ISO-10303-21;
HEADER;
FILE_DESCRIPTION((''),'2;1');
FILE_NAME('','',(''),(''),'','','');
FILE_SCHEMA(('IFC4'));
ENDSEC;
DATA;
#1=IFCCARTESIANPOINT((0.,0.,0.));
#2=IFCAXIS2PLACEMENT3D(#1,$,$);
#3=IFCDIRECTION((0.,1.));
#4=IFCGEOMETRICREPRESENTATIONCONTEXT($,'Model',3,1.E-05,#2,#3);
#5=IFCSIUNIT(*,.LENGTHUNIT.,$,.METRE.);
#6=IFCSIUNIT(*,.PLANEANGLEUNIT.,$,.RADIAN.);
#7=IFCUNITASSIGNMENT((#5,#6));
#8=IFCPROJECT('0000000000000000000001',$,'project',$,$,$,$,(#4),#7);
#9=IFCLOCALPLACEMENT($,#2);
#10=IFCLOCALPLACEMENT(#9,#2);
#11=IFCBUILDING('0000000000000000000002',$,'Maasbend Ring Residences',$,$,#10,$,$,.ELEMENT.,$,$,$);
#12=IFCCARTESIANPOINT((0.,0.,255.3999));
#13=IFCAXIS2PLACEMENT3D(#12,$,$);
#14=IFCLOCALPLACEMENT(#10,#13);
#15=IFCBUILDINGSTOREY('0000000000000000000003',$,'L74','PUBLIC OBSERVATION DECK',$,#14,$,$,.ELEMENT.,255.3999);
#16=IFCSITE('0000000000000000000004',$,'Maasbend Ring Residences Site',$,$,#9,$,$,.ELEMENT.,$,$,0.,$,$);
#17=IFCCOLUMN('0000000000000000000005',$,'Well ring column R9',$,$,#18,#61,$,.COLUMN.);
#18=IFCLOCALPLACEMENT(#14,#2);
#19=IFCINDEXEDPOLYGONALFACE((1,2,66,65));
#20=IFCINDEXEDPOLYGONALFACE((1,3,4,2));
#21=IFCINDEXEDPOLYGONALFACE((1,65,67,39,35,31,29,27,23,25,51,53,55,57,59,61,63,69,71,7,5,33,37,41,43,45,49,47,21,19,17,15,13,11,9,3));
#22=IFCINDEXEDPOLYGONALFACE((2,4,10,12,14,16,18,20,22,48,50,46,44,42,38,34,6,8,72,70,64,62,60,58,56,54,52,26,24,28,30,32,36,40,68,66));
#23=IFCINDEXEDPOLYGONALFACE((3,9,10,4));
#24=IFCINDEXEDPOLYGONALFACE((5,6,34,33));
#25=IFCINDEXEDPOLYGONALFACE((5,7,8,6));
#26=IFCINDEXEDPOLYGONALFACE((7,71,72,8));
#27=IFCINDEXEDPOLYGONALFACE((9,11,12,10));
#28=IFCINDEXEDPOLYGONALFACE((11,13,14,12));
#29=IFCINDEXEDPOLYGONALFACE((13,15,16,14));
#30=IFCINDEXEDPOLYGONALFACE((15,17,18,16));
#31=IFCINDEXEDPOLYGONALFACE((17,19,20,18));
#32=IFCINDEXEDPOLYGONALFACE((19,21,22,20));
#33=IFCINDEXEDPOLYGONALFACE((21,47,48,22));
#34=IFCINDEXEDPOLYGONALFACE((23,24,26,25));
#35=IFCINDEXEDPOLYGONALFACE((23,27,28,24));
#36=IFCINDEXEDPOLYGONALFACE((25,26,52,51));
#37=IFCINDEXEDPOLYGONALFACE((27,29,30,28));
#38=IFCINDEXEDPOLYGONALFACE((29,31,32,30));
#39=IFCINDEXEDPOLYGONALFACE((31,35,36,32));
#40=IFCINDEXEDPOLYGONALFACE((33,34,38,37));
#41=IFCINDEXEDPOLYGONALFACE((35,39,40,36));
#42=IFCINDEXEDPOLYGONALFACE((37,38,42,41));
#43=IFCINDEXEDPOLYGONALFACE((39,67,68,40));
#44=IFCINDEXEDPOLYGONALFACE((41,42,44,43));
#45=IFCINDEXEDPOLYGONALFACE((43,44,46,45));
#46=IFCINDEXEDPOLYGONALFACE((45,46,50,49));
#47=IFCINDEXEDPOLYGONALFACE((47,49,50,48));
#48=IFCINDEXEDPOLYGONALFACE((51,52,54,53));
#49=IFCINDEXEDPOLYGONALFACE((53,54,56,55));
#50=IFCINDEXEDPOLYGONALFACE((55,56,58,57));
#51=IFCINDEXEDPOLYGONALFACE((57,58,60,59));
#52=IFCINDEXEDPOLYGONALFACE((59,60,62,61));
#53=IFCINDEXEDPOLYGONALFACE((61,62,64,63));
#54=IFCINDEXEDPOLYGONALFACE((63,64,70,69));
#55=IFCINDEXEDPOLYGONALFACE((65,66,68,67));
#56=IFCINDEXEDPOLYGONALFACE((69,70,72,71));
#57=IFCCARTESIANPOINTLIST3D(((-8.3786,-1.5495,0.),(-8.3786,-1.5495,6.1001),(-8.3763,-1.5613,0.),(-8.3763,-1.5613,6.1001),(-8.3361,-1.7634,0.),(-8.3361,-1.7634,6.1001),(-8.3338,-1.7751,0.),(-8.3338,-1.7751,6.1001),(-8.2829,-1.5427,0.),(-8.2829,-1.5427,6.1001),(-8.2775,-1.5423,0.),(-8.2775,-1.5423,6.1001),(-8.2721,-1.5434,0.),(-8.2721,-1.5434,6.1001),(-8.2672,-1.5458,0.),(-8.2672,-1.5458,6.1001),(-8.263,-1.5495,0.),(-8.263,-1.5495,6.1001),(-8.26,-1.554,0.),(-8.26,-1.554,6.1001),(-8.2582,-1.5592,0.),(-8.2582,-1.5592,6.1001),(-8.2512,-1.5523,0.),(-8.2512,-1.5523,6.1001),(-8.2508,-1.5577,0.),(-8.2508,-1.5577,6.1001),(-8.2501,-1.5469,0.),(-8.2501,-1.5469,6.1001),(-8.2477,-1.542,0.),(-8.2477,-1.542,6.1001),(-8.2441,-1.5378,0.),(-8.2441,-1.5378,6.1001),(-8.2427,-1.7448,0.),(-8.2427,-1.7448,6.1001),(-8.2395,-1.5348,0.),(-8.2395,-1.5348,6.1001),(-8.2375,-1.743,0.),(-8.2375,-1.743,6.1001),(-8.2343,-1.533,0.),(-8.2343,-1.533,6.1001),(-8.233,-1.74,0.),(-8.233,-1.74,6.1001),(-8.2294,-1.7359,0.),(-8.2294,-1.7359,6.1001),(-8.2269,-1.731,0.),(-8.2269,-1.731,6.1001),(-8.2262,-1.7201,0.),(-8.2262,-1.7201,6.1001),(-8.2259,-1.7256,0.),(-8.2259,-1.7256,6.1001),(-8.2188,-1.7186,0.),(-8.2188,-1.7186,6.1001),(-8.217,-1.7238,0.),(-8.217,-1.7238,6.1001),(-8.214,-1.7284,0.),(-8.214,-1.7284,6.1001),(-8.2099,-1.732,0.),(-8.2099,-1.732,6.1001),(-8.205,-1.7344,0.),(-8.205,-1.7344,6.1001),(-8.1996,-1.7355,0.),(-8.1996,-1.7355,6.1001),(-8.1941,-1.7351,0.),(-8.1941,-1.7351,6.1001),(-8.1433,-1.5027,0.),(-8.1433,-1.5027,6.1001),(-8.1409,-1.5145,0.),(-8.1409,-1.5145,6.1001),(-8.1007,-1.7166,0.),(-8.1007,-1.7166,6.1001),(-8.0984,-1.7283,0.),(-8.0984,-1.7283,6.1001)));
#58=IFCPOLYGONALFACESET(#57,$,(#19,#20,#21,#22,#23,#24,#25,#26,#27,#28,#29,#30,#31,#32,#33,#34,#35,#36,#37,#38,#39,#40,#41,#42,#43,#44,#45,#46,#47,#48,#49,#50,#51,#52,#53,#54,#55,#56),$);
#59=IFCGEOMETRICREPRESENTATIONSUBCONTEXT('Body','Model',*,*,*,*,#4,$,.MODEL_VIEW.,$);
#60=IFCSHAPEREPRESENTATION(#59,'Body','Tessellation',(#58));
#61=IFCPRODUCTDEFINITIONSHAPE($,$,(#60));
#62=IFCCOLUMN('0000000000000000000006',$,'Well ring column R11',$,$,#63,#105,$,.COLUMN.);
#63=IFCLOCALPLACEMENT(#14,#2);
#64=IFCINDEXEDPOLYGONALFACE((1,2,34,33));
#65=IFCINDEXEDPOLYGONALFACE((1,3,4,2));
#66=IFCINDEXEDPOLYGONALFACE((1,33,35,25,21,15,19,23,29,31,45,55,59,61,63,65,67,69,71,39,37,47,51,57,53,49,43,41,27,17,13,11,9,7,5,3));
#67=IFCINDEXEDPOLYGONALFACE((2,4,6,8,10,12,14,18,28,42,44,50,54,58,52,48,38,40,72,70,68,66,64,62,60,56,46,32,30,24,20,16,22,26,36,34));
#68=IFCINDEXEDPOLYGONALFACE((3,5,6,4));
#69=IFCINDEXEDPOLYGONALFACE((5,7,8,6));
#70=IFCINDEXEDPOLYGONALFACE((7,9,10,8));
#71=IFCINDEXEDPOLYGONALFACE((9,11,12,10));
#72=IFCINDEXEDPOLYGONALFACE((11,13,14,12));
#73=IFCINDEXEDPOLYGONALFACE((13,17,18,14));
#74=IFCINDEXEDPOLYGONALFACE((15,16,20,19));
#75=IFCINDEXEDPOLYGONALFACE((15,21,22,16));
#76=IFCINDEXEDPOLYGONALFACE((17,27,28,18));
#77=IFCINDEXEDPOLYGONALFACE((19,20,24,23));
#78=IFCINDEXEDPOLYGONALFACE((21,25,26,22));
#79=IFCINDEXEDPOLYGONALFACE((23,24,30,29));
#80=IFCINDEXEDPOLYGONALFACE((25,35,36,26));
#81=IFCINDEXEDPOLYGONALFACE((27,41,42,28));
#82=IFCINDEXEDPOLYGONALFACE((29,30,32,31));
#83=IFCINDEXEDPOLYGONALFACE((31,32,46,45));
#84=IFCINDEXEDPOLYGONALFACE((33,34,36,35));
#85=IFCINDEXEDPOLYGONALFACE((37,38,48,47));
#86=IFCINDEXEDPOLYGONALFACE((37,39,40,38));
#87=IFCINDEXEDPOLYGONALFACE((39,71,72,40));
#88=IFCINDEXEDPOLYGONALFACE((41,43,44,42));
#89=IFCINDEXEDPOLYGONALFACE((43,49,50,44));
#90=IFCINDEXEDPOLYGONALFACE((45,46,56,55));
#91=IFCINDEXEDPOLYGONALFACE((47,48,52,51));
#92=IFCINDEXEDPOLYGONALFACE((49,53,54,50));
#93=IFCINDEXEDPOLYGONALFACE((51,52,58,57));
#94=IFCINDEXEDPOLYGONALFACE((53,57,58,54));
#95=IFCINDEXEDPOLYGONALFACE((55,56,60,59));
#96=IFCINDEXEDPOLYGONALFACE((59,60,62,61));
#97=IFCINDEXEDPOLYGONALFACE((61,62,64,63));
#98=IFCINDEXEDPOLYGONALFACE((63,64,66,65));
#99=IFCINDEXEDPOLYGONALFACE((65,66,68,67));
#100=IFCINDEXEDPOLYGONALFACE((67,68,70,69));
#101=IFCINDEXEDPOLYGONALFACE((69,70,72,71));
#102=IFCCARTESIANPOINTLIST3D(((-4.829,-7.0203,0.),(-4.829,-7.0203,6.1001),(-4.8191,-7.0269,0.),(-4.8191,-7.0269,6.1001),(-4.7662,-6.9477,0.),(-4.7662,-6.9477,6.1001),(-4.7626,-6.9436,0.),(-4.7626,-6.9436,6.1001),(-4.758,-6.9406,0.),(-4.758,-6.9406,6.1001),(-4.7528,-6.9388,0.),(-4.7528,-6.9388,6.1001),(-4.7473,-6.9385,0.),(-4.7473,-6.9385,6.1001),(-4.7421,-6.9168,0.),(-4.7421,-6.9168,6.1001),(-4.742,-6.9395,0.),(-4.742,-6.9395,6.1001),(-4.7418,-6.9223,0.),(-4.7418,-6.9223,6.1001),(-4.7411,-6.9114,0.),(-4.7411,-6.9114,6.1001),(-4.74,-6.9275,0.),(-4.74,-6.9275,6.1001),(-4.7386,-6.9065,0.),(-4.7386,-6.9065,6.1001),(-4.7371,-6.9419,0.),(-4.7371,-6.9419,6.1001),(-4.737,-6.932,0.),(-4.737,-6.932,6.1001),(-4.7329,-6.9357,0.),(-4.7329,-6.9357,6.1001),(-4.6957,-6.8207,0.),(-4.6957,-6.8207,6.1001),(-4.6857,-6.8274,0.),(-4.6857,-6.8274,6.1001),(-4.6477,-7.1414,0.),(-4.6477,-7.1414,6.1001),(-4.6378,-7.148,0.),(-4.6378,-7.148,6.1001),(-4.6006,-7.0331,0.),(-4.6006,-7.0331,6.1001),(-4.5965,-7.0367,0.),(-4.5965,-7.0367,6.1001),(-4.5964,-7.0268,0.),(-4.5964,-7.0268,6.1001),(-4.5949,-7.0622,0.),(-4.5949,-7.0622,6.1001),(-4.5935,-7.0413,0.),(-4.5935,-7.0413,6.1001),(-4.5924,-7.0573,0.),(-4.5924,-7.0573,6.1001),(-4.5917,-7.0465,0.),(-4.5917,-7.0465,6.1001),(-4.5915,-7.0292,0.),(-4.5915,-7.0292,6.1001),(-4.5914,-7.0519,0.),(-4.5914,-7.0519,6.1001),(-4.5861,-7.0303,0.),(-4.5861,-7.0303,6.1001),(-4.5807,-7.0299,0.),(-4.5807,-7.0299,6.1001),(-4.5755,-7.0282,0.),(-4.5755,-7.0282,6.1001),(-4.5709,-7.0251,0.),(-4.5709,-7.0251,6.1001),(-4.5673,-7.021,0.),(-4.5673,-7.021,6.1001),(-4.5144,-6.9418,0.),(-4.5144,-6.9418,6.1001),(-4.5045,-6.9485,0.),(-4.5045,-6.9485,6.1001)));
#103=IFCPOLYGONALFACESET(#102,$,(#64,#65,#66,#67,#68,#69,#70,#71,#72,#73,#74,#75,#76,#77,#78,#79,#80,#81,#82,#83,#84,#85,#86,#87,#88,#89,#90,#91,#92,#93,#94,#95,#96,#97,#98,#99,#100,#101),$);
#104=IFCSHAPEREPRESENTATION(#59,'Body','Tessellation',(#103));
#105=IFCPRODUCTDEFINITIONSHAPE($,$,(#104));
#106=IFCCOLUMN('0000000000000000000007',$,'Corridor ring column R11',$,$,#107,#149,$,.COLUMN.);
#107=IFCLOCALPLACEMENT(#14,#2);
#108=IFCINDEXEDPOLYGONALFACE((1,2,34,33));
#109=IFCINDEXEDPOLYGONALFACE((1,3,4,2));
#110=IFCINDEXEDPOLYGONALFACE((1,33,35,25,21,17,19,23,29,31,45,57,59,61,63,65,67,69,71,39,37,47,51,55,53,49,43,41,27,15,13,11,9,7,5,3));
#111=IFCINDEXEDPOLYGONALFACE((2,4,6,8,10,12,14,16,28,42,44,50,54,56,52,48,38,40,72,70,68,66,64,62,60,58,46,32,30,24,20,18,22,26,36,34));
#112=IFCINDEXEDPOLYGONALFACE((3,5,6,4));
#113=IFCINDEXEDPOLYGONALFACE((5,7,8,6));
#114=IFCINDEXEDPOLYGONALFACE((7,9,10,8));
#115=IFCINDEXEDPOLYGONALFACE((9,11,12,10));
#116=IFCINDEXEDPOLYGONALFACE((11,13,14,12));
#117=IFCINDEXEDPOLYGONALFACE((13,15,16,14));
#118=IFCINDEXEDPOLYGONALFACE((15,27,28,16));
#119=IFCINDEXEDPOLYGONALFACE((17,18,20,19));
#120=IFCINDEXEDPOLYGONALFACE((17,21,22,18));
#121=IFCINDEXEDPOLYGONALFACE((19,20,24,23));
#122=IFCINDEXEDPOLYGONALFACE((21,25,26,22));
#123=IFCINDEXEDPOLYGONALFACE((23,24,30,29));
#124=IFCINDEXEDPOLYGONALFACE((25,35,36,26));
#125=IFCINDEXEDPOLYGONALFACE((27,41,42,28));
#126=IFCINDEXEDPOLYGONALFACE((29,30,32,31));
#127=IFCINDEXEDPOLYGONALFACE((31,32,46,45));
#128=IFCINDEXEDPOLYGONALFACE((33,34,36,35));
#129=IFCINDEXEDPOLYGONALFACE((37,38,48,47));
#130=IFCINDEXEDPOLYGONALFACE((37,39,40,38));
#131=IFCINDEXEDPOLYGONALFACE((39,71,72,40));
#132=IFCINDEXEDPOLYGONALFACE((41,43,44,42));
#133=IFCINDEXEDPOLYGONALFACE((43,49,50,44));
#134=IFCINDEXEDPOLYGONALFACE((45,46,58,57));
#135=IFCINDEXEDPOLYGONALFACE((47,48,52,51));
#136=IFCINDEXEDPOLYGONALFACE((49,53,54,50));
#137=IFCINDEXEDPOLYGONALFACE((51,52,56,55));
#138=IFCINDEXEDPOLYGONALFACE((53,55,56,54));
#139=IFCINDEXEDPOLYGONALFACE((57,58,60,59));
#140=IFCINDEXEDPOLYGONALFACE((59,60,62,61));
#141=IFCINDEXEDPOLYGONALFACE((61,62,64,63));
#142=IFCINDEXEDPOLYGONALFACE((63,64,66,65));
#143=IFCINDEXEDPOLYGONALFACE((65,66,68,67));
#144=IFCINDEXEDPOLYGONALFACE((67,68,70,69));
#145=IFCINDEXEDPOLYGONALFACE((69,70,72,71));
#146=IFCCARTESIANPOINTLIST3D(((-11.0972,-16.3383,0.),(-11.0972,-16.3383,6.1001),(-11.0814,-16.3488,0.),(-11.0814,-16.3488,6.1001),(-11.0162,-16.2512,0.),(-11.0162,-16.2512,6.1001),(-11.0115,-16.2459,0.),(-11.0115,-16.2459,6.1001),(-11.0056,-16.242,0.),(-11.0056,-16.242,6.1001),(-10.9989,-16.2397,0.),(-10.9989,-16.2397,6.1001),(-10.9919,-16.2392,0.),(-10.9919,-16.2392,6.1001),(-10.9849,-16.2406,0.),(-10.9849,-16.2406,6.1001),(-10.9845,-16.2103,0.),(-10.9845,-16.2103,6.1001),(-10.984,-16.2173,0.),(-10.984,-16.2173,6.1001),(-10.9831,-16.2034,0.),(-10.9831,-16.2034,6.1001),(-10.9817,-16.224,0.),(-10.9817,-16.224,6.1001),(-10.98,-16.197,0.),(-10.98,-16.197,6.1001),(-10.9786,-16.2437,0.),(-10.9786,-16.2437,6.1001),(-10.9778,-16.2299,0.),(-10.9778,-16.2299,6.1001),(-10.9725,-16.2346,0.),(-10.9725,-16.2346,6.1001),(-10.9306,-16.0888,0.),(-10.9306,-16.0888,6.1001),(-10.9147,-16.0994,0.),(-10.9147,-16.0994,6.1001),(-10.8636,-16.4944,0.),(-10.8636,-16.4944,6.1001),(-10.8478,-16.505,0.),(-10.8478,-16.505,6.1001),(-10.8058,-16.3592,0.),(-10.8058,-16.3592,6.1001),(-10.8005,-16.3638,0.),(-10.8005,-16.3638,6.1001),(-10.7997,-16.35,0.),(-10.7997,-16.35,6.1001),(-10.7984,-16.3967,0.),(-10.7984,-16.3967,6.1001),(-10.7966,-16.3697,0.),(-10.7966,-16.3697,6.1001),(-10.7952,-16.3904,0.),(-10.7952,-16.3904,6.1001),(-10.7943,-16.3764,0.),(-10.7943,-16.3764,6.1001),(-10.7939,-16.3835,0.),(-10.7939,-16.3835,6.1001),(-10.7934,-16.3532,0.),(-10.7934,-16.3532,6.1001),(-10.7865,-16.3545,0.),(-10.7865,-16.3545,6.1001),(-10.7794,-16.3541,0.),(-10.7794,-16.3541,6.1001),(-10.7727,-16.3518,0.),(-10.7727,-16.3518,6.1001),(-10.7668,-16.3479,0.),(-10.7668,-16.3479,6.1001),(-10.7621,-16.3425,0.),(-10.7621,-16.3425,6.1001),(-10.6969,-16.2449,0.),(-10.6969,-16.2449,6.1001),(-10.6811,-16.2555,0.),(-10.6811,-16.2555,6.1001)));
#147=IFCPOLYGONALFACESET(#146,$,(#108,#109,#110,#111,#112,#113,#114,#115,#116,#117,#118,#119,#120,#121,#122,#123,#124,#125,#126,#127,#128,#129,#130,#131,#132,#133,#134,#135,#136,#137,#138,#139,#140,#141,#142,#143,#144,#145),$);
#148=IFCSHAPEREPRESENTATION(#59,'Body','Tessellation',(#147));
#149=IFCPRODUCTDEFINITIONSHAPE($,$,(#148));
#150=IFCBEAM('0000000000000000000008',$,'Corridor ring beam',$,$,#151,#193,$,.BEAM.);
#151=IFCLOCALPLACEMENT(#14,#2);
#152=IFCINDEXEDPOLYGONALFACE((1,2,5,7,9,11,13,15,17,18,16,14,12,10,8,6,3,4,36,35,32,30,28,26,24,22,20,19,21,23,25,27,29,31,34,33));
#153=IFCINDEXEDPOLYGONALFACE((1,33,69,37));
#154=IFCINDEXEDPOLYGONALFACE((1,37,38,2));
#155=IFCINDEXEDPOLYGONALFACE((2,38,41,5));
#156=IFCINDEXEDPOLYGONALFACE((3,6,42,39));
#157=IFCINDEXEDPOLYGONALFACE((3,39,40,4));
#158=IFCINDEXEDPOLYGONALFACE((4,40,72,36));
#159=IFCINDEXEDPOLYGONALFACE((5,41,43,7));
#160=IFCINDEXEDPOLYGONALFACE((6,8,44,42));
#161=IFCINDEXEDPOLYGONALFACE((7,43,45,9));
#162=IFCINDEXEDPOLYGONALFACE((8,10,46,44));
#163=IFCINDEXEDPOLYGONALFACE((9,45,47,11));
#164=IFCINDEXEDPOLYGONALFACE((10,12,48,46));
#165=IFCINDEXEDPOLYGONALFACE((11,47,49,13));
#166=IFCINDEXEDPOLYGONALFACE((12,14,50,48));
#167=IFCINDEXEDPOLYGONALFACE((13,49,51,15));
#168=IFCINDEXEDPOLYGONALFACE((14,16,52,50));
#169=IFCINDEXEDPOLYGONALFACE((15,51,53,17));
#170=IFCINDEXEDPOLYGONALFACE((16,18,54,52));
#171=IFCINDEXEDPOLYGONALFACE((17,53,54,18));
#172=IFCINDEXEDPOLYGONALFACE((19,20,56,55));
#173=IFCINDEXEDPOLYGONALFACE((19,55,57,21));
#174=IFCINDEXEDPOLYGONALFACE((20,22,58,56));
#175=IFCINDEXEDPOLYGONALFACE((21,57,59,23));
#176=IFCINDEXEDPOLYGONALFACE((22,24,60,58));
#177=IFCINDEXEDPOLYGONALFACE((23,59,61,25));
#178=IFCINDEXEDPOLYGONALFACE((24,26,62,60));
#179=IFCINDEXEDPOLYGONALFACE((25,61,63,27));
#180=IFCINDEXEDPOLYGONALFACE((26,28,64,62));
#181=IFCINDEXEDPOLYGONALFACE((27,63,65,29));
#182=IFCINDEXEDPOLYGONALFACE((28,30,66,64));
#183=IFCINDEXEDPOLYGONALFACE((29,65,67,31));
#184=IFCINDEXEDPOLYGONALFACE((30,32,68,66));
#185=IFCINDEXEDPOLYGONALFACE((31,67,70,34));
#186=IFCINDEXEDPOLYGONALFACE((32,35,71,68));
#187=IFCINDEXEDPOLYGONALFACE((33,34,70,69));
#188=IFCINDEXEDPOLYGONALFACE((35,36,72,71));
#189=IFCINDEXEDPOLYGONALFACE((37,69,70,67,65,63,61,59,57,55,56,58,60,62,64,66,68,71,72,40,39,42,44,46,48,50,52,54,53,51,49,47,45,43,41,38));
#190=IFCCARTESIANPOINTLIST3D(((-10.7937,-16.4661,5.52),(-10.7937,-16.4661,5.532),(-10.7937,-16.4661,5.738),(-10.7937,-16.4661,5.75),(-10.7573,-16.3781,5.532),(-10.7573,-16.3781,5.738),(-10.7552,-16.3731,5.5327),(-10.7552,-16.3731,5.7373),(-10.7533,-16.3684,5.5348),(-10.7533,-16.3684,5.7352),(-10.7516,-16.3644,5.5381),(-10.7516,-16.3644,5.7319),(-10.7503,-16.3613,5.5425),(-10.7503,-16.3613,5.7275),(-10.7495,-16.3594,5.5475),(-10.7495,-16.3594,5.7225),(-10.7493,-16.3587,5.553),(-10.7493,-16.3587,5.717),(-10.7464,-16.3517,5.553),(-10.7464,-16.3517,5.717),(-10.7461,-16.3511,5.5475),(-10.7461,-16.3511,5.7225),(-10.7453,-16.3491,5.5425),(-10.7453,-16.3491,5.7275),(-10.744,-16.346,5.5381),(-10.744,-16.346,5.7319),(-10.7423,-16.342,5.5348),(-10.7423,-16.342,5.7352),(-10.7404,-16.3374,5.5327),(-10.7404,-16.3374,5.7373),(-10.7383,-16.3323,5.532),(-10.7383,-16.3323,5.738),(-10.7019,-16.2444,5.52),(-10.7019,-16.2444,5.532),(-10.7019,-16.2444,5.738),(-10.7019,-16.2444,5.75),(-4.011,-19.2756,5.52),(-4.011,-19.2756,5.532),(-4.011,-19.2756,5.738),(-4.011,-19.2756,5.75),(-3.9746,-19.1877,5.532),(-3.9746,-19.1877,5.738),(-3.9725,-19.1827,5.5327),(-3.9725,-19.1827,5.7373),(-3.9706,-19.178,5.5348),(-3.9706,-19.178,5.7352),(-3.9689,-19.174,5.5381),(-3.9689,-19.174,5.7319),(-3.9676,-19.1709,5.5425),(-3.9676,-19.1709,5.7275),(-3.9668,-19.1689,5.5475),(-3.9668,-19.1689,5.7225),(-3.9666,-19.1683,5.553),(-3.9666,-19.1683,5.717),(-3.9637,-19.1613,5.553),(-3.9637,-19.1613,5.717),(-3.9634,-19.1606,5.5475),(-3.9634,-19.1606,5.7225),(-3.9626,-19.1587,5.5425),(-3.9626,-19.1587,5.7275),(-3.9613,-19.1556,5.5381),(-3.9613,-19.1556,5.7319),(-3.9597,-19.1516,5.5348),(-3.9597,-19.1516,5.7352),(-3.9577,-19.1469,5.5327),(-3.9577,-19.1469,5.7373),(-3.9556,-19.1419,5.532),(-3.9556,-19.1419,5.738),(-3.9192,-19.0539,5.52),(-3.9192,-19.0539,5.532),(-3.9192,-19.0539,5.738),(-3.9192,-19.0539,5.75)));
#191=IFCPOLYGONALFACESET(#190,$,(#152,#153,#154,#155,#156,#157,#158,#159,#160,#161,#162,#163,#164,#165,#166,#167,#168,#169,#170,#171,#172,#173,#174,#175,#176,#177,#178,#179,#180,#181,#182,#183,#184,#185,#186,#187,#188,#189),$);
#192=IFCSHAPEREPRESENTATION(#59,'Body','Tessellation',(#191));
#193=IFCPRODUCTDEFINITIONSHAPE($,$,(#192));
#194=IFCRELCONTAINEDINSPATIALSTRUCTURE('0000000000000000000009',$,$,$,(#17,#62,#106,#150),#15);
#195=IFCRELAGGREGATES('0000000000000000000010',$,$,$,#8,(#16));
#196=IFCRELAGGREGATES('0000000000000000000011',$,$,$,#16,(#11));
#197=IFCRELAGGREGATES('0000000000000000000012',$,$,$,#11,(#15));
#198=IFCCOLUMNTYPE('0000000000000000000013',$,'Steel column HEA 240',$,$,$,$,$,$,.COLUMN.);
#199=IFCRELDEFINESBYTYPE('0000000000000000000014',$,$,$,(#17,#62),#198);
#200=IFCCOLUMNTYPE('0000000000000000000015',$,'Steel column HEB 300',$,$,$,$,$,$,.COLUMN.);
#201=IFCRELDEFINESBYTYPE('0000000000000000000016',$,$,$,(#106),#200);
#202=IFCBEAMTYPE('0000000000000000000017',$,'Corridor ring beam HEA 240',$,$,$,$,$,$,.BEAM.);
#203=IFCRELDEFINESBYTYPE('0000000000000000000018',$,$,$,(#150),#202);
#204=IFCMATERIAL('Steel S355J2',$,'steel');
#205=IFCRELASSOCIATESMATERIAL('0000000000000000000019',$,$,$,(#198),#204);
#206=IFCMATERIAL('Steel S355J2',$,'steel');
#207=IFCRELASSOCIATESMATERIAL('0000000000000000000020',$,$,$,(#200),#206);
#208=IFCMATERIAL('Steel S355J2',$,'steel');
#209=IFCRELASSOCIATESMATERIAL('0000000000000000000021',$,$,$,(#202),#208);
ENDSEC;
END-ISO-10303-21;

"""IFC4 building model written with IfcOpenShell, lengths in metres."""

from ifc_helpers import new_model, si_unit, direction, frame, origin, origin_2d, place, context, subcontext, project, spatial, i_section, extrude, material, material_profile, profile_set, type_object, element, save


model = new_model("IFC4")

# Units and contexts
model_context = context("Model", 3, precision=1e-05, world=origin(), true_north=direction((0.0, 1.0)))
body_context = subcontext(model_context, "Body", "Model", "MODEL_VIEW")
ifc_project = project(units=[si_unit("LENGTHUNIT", "METRE"), si_unit("PLANEANGLEUNIT", "RADIAN")], contexts=[model_context])

# Site, building, storey
site_placement = place(None, origin())
site = spatial("IfcSite", under=ifc_project, at=site_placement, Name="Maasbend Ring Residences Site", CompositionType="ELEMENT", RefElevation=0.0)
building_placement = place(site_placement, origin())
building = spatial("IfcBuilding", under=site, at=building_placement, Name="Maasbend Ring Residences", CompositionType="ELEMENT")
storey_placement = place(building_placement, frame((0.0, 0.0, 255.3999)))
storey = spatial("IfcBuildingStorey", under=building, at=storey_placement, Name="L74", Description="PUBLIC OBSERVATION DECK", CompositionType="ELEMENT", Elevation=255.3999)

# Columns
ifc_material_1 = material(Name="Steel S355J2", Category="steel")
ifc_material_profile_1 = material_profile(ifc_material_1, i_section(OverallWidth=0.24, OverallDepth=0.23, WebThickness=0.0076, FlangeThickness=0.012, FilletRadius=0.021, at=origin_2d()), Name="HEA 240")
ifc_profile_set_1 = profile_set([ifc_material_profile_1], Name="Steel S355J2")
column_type_1 = type_object("IfcColumnType", Name="Steel column HEA 240", PredefinedType="COLUMN", material=ifc_profile_set_1)
for number, where, z_axis, x_axis, name in (
    (1, (-8.2385, -1.6389, 0.0), (0.0, 0.0, 1.0), (-0.980785, -0.19509, 0.0), "Well ring column R9"),
    (2, (-4.6667, -6.9844, 0.0), (0.0, 0.0, 1.0), (-0.55557, -0.83147, 0.0), "Well ring column R11"),
):
    element("IfcColumn", number, at=place(storey_placement, frame(where, z_axis=z_axis, x_axis=x_axis)), inside=storey, type_object=column_type_1, Name=name, PredefinedType="COLUMN", context=body_context, shape_type="SweptSolid", body=[
        extrude(i_section(OverallWidth=0.24, OverallDepth=0.23, WebThickness=0.0076, FlangeThickness=0.012, FilletRadius=0.021, at=origin_2d()), origin(), (0.0, 0.0, 1.0), 6.1001),
    ])
ifc_material_2 = material(Name="Steel S355J2", Category="steel")
ifc_material_profile_2 = material_profile(ifc_material_2, i_section(OverallWidth=0.3, OverallDepth=0.3, WebThickness=0.011, FlangeThickness=0.019, FilletRadius=0.0271, at=origin_2d()), Name="HEB 300")
ifc_profile_set_2 = profile_set([ifc_material_profile_2], Name="Steel S355J2")
column_type_2 = type_object("IfcColumnType", Name="Steel column HEB 300", PredefinedType="COLUMN", material=ifc_profile_set_2)
column_placement = place(storey_placement, frame((-10.8892, -16.2969, 0.0), z_axis=(0.0, 0.0, 1.0), x_axis=(-0.55557, -0.83147, 0.0)))
element("IfcColumn", 3, at=column_placement, inside=storey, type_object=column_type_2, Name="Corridor ring column R11", PredefinedType="COLUMN", context=body_context, shape_type="SweptSolid", body=[
    extrude(i_section(OverallWidth=0.3, OverallDepth=0.3, WebThickness=0.011, FlangeThickness=0.019, FilletRadius=0.0271, at=origin_2d()), origin(), (0.0, 0.0, 1.0), 6.1001),
])

# Beam
ifc_material_3 = material(Name="Steel S355J2", Category="steel")
ifc_material_profile_3 = material_profile(ifc_material_3, i_section(OverallWidth=0.24, OverallDepth=0.23, WebThickness=0.0076, FlangeThickness=0.012, FilletRadius=0.021, at=origin_2d()), Name="HEA 240")
ifc_profile_set_3 = profile_set([ifc_material_profile_3], Name="Steel S355J2")
beam_type_1 = type_object("IfcBeamType", Name="Corridor ring beam HEA 240", PredefinedType="BEAM", material=ifc_profile_set_3)
beam_placement = place(storey_placement, frame((-10.7478, -16.3552, 5.635), z_axis=(0.923876, -0.382692, 0.0), x_axis=(0.382692, 0.923876, 0.0)))
element("IfcBeam", 4, at=beam_placement, inside=storey, type_object=beam_type_1, Name="Corridor ring beam", PredefinedType="BEAM", context=body_context, shape_type="SweptSolid", body=[
    extrude(i_section(OverallWidth=0.24, OverallDepth=0.23, WebThickness=0.0076, FlangeThickness=0.012, FilletRadius=0.021, at=origin_2d()), origin(), (0.0, 0.0, 1.0), 7.3416),
])

save(model, "model.ifc")
